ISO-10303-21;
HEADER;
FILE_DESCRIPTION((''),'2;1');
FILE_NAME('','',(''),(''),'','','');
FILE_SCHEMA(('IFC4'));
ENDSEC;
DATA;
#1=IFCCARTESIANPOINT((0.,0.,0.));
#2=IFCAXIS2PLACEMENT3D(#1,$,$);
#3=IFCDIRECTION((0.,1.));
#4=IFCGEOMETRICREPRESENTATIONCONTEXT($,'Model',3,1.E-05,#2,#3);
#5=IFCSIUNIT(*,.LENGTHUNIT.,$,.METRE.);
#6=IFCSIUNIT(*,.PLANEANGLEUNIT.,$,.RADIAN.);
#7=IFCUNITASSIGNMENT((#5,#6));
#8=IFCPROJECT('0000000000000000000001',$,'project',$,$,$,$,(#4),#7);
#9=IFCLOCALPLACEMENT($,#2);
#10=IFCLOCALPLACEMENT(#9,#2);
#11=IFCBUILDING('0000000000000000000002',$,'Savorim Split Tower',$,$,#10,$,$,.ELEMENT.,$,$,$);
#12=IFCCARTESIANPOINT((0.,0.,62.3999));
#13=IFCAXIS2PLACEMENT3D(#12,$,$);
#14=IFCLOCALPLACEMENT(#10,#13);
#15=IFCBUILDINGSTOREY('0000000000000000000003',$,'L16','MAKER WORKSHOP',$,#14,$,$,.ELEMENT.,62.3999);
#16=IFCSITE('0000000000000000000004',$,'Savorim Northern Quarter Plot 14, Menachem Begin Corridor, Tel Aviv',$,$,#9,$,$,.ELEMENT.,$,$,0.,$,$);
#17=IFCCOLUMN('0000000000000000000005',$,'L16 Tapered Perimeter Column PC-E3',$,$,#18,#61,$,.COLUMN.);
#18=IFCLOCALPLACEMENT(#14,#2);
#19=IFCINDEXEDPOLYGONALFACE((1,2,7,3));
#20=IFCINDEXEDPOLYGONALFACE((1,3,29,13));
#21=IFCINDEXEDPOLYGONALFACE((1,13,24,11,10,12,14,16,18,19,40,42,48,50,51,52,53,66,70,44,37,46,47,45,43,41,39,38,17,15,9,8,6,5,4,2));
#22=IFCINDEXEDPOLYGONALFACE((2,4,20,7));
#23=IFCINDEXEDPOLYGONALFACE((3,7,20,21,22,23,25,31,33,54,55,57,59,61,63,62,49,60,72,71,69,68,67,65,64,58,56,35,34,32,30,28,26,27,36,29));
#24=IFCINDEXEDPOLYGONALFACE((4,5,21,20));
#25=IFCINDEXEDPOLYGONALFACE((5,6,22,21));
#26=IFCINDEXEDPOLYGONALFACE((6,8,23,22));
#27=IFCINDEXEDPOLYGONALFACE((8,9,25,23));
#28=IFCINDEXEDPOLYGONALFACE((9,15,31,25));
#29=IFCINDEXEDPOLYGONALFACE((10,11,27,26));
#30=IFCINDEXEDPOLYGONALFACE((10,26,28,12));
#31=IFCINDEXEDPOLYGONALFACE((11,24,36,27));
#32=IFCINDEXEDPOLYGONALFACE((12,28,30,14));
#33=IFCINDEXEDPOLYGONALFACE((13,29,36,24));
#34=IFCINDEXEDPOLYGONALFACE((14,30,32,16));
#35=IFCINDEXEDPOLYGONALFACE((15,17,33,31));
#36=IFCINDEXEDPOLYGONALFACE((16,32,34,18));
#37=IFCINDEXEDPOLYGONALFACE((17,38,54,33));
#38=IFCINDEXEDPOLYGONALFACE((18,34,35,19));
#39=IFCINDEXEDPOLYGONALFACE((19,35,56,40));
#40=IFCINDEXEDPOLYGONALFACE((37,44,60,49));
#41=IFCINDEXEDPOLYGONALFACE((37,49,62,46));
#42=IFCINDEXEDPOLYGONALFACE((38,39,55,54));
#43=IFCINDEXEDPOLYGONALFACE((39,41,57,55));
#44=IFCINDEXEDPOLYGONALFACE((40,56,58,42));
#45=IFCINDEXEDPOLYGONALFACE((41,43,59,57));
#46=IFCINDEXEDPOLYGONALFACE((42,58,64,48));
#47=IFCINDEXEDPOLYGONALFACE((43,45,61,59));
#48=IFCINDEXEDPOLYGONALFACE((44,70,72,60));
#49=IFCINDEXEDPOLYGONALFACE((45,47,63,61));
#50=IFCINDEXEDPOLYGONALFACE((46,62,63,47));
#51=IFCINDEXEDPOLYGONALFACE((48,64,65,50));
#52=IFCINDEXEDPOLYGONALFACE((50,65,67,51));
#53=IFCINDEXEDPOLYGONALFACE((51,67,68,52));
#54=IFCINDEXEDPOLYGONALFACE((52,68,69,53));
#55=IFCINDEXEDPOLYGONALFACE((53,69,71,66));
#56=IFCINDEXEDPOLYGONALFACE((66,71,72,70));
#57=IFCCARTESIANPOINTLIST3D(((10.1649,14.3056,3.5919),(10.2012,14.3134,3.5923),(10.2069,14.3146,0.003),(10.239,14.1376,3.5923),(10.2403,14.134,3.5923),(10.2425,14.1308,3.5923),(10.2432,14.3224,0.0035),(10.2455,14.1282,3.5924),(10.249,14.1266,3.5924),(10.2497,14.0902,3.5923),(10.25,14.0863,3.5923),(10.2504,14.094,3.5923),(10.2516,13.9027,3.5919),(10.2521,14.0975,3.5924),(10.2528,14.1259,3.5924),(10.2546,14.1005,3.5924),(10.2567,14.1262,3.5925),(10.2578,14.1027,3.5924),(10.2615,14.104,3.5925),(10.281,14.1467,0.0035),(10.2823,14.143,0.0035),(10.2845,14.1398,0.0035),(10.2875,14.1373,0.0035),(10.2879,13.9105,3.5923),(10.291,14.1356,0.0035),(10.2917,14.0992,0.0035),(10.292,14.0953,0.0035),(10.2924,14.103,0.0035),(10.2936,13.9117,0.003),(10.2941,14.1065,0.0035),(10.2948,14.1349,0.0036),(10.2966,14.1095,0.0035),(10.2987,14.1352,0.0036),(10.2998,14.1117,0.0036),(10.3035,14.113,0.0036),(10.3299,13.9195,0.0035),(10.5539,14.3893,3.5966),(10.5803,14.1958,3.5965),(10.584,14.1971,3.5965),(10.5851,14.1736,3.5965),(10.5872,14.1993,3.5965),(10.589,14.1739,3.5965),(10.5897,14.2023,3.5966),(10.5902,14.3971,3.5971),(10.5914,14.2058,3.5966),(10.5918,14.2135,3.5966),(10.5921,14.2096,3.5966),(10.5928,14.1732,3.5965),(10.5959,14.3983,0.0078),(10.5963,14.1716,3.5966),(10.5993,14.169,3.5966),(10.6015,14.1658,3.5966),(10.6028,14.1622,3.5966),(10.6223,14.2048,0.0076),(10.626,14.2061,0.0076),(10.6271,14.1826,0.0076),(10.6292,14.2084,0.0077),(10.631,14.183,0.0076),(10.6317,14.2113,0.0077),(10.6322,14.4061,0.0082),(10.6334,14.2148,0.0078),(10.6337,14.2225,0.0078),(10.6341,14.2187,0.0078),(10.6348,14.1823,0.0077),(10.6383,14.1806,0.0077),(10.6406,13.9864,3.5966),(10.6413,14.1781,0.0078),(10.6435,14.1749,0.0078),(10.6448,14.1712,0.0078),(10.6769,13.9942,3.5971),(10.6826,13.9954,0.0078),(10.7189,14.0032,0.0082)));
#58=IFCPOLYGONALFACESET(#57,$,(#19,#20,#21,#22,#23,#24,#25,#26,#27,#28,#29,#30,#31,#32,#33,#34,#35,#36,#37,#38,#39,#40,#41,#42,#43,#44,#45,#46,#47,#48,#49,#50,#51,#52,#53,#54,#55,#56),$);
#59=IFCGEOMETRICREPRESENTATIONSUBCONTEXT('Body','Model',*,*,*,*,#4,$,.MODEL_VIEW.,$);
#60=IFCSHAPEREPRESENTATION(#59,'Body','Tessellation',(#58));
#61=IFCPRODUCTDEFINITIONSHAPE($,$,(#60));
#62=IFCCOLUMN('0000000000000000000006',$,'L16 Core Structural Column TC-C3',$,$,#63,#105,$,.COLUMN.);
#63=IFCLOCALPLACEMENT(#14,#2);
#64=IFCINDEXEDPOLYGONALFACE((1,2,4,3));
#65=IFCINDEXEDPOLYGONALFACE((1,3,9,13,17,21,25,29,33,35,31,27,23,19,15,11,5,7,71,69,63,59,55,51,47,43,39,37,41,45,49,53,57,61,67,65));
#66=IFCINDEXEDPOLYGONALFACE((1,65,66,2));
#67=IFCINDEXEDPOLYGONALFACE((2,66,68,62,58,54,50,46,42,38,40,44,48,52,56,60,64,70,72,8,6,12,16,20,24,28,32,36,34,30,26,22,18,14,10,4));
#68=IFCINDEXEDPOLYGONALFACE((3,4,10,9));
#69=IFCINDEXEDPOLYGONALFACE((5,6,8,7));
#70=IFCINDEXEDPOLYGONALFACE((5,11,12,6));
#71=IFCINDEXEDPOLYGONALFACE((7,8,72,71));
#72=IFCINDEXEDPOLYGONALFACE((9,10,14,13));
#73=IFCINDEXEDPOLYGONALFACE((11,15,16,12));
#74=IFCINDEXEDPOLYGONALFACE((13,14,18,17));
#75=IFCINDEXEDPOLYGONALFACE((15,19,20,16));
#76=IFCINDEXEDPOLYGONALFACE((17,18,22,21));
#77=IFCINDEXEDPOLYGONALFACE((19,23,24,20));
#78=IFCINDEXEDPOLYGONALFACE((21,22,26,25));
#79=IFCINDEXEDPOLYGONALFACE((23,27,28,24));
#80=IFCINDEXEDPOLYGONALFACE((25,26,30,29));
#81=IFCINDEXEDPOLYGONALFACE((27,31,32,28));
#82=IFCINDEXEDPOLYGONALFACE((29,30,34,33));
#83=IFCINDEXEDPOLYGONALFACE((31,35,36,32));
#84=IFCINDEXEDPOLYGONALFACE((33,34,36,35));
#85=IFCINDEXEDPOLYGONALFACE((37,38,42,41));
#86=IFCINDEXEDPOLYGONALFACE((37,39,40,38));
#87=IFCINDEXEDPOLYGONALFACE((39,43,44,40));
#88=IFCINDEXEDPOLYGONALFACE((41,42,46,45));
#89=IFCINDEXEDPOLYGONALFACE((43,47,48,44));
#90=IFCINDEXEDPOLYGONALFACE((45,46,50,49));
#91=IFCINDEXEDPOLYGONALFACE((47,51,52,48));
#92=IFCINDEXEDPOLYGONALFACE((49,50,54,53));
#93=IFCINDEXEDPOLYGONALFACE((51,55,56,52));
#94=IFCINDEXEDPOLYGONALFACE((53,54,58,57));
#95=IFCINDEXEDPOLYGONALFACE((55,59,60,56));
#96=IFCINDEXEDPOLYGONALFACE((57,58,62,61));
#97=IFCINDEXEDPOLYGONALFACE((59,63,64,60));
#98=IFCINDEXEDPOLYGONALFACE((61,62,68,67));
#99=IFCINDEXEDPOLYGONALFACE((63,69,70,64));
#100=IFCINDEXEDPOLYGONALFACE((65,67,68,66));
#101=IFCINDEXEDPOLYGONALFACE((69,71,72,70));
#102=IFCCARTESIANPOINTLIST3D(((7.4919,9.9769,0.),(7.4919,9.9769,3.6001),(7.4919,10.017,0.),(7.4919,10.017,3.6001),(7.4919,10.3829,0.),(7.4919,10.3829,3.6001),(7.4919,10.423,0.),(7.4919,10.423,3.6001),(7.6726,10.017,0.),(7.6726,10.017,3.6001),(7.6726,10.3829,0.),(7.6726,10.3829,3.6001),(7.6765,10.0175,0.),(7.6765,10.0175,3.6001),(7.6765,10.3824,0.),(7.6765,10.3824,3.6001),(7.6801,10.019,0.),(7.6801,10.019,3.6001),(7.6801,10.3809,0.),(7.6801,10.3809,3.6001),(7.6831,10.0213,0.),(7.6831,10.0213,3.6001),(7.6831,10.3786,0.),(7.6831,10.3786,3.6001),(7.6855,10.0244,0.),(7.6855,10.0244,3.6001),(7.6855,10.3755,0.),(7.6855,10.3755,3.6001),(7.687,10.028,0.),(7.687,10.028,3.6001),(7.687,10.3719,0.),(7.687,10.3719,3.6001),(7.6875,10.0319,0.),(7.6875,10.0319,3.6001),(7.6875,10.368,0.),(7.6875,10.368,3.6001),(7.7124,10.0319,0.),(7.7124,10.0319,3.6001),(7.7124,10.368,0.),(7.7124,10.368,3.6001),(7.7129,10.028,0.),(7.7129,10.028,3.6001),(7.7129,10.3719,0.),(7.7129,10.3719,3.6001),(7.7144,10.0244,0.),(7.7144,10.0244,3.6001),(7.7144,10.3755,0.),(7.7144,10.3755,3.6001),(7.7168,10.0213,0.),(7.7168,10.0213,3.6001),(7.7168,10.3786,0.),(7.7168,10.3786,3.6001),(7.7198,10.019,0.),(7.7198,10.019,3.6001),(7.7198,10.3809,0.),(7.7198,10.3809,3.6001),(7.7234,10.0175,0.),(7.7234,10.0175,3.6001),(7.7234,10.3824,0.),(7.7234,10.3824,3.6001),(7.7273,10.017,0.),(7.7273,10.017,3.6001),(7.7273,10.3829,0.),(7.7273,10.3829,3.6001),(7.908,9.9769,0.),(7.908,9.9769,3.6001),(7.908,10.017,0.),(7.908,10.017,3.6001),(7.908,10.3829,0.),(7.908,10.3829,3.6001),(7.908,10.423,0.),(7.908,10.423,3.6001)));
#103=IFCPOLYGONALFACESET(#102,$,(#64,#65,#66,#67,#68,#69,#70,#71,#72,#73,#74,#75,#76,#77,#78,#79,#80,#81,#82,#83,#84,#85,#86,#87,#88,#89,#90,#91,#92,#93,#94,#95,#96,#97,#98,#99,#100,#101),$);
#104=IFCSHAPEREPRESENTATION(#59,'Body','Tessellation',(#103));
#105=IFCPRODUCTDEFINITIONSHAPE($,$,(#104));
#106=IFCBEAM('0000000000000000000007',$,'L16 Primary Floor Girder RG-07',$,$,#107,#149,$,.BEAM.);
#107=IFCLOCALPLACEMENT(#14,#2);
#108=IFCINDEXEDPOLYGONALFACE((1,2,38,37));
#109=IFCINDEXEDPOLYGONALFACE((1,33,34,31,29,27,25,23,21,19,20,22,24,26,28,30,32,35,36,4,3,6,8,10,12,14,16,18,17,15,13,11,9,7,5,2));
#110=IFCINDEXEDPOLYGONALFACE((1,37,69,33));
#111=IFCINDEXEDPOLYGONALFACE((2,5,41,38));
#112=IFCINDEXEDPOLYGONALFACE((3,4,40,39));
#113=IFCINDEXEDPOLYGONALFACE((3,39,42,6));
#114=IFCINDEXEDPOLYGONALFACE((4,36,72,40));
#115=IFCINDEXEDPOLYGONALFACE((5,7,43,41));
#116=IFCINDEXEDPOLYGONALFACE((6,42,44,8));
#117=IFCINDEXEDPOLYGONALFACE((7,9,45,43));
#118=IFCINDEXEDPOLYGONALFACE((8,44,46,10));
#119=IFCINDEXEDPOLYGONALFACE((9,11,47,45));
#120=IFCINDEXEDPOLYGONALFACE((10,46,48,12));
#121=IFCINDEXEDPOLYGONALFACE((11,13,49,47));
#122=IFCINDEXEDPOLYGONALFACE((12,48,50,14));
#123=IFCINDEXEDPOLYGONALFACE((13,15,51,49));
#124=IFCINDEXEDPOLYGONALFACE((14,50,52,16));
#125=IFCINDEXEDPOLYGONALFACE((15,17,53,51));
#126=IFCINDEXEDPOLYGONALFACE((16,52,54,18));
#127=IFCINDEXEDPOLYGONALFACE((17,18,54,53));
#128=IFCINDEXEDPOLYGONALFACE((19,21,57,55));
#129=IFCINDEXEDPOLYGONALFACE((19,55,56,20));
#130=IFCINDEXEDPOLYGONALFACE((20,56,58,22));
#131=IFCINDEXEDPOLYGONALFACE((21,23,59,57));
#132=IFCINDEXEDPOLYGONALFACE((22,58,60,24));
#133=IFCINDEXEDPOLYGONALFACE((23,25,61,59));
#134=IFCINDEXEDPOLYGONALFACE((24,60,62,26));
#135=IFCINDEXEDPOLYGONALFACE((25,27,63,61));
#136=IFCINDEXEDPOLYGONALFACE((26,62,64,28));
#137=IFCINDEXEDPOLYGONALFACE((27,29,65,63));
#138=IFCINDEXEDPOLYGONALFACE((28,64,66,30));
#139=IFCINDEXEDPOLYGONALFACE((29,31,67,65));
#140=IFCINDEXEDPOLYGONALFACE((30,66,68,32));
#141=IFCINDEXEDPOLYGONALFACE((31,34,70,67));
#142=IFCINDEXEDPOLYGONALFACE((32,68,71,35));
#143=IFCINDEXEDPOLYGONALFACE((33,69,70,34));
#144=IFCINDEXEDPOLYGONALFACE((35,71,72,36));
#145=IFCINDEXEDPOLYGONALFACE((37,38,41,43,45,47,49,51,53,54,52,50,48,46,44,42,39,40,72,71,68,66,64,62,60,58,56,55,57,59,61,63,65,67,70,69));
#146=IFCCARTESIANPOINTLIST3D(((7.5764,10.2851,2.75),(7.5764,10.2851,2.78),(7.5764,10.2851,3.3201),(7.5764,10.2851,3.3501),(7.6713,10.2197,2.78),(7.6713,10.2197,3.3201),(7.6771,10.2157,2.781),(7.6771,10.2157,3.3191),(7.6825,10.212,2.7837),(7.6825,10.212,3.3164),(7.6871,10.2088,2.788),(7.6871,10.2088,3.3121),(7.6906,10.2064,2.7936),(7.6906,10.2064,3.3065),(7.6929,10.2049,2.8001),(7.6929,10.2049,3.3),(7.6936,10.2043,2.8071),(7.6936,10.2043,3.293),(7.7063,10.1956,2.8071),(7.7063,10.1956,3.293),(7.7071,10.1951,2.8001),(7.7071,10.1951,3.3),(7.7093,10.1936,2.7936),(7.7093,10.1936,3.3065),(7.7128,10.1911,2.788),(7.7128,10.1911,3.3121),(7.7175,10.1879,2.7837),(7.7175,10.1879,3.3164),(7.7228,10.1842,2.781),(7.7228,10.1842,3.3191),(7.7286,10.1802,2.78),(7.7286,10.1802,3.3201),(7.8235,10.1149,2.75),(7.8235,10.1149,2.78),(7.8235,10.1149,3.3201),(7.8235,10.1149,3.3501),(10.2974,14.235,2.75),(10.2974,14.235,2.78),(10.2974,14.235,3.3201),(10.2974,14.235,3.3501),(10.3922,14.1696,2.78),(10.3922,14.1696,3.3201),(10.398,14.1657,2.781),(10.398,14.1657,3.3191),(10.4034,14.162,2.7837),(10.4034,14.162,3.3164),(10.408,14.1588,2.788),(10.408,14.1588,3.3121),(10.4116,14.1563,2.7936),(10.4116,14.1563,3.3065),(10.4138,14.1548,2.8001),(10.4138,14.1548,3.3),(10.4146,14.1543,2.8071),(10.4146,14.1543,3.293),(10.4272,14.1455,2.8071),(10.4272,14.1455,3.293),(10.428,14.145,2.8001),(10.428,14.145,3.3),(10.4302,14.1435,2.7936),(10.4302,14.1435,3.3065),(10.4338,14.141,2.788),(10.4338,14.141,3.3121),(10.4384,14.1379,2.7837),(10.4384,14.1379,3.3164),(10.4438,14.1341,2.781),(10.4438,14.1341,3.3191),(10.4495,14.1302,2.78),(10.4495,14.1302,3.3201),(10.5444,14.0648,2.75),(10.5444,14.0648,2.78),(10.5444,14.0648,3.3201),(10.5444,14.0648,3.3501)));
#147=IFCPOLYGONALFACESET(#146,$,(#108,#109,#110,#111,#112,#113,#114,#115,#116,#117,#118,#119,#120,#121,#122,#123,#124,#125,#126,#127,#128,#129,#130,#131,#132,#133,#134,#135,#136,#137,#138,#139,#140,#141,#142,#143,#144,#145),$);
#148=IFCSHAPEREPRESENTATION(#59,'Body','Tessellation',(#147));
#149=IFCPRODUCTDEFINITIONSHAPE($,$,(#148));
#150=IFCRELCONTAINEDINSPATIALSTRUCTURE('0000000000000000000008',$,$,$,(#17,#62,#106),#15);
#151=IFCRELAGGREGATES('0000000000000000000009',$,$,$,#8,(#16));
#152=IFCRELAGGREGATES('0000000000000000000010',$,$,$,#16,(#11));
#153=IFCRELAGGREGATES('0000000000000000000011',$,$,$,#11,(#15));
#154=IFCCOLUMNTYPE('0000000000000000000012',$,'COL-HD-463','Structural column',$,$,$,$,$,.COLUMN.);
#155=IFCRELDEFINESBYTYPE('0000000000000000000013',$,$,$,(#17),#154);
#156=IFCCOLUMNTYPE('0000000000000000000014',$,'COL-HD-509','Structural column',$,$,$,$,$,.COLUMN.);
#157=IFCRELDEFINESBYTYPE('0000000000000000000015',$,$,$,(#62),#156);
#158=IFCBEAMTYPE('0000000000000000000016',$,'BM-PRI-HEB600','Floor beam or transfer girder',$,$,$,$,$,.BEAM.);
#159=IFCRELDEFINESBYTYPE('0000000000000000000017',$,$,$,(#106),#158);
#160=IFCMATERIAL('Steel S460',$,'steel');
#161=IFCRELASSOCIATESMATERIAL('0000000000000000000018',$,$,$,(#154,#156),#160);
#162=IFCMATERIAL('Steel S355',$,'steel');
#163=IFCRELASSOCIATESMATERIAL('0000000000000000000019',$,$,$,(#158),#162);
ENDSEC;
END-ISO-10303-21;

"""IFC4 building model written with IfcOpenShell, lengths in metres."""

from ifc_helpers import new_model, si_unit, direction, frame, origin, origin_2d, place, context, subcontext, project, spatial, i_section, extrude, material, material_profile, profile_set, type_object, element, save


model = new_model("IFC4")

# Units and contexts
model_context = context("Model", 3, precision=1e-05, world=origin(), true_north=direction((0.0, 1.0)))
body_context = subcontext(model_context, "Body", "Model", "MODEL_VIEW")
ifc_project = project(units=[si_unit("LENGTHUNIT", "METRE"), si_unit("PLANEANGLEUNIT", "RADIAN")], contexts=[model_context])

# Site, building, storey
site_placement = place(None, origin())
site = spatial("IfcSite", under=ifc_project, at=site_placement, Name="Savorim Northern Quarter Plot 14, Menachem Begin Corridor, Tel Aviv", CompositionType="ELEMENT", RefElevation=0.0)
building_placement = place(site_placement, origin())
building = spatial("IfcBuilding", under=site, at=building_placement, Name="Savorim Split Tower", CompositionType="ELEMENT")
storey_placement = place(building_placement, frame((0.0, 0.0, 62.3999)))
storey = spatial("IfcBuildingStorey", under=building, at=storey_placement, Name="L16", Description="MAKER WORKSHOP", CompositionType="ELEMENT", Elevation=62.3999)

# Columns
ifc_material_1 = material(Name="Steel S460", Category="steel")
ifc_material_profile_1 = material_profile(ifc_material_1, i_section(OverallWidth=0.4121, OverallDepth=0.4351, WebThickness=0.0227, FlangeThickness=0.0371, FilletRadius=0.0149, at=origin_2d()), Name="HD 400x463")
ifc_profile_set_1 = profile_set([ifc_material_profile_1], Name="Steel S460")
column_type_1 = type_object("IfcColumnType", Name="COL-HD-463", Description="Structural column", PredefinedType="COLUMN", material=ifc_profile_set_1)
column_1_placement = place(storey_placement, frame((10.4629, 14.1589, 0.0056), z_axis=(-0.0117, -0.002517, 0.999928), x_axis=(0.210305, -0.977636, 0.0)))
element("IfcColumn", 1, at=column_1_placement, inside=storey, type_object=column_type_1, Name="L16 Tapered Perimeter Column PC-E3", PredefinedType="COLUMN", context=body_context, shape_type="SweptSolid", body=[
    extrude(i_section(OverallWidth=0.4121, OverallDepth=0.4351, WebThickness=0.0227, FlangeThickness=0.0371, FilletRadius=0.0149, at=origin_2d()), origin(), (0.0, 0.0, 1.0), 3.5891),
])
ifc_material_profile_2 = material_profile(ifc_material_1, i_section(OverallWidth=0.416, OverallDepth=0.446, WebThickness=0.0249, FlangeThickness=0.04, FilletRadius=0.0149, at=origin_2d()), Name="HD 400x509")
ifc_profile_set_2 = profile_set([ifc_material_profile_2], Name="Steel S460")
column_type_2 = type_object("IfcColumnType", Name="COL-HD-509", Description="Structural column", PredefinedType="COLUMN", material=ifc_profile_set_2)
column_2_placement = place(storey_placement, frame((7.7, 10.2, 0.0), z_axis=(0.0, 0.0, 1.0), x_axis=(1.0, 0.0, 0.0)))
element("IfcColumn", 2, at=column_2_placement, inside=storey, type_object=column_type_2, Name="L16 Core Structural Column TC-C3", PredefinedType="COLUMN", context=body_context, shape_type="SweptSolid", body=[
    extrude(i_section(OverallWidth=0.416, OverallDepth=0.446, WebThickness=0.0249, FlangeThickness=0.04, FilletRadius=0.0149, at=origin_2d()), origin(), (0.0, 0.0, 1.0), 3.6001),
])

# Beam
ifc_material_2 = material(Name="Steel S355", Category="steel")
ifc_material_profile_3 = material_profile(ifc_material_2, i_section(OverallWidth=0.3, OverallDepth=0.6001, WebThickness=0.0154, FlangeThickness=0.03, FilletRadius=0.0271, at=origin_2d()), Name="HEB 600")
ifc_profile_set_3 = profile_set([ifc_material_profile_3], Name="Steel S355")
beam_type_1 = type_object("IfcBeamType", Name="BM-PRI-HEB600", Description="Floor beam or transfer girder", PredefinedType="BEAM", material=ifc_profile_set_3)
beam_1_placement = place(storey_placement, frame((10.4209, 14.1499, 3.05), z_axis=(-0.567287, -0.82352, 0.0), x_axis=(0.82352, -0.567287, 0.0)))
element("IfcBeam", 3, at=beam_1_placement, inside=storey, type_object=beam_type_1, Name="L16 Primary Floor Girder RG-07", PredefinedType="BEAM", context=body_context, shape_type="SweptSolid", body=[
    extrude(i_section(OverallWidth=0.3, OverallDepth=0.6001, WebThickness=0.0154, FlangeThickness=0.03, FilletRadius=0.0271, at=origin_2d()), origin(), (0.0, 0.0, 1.0), 4.7964),
])

save(model, "model.ifc")
